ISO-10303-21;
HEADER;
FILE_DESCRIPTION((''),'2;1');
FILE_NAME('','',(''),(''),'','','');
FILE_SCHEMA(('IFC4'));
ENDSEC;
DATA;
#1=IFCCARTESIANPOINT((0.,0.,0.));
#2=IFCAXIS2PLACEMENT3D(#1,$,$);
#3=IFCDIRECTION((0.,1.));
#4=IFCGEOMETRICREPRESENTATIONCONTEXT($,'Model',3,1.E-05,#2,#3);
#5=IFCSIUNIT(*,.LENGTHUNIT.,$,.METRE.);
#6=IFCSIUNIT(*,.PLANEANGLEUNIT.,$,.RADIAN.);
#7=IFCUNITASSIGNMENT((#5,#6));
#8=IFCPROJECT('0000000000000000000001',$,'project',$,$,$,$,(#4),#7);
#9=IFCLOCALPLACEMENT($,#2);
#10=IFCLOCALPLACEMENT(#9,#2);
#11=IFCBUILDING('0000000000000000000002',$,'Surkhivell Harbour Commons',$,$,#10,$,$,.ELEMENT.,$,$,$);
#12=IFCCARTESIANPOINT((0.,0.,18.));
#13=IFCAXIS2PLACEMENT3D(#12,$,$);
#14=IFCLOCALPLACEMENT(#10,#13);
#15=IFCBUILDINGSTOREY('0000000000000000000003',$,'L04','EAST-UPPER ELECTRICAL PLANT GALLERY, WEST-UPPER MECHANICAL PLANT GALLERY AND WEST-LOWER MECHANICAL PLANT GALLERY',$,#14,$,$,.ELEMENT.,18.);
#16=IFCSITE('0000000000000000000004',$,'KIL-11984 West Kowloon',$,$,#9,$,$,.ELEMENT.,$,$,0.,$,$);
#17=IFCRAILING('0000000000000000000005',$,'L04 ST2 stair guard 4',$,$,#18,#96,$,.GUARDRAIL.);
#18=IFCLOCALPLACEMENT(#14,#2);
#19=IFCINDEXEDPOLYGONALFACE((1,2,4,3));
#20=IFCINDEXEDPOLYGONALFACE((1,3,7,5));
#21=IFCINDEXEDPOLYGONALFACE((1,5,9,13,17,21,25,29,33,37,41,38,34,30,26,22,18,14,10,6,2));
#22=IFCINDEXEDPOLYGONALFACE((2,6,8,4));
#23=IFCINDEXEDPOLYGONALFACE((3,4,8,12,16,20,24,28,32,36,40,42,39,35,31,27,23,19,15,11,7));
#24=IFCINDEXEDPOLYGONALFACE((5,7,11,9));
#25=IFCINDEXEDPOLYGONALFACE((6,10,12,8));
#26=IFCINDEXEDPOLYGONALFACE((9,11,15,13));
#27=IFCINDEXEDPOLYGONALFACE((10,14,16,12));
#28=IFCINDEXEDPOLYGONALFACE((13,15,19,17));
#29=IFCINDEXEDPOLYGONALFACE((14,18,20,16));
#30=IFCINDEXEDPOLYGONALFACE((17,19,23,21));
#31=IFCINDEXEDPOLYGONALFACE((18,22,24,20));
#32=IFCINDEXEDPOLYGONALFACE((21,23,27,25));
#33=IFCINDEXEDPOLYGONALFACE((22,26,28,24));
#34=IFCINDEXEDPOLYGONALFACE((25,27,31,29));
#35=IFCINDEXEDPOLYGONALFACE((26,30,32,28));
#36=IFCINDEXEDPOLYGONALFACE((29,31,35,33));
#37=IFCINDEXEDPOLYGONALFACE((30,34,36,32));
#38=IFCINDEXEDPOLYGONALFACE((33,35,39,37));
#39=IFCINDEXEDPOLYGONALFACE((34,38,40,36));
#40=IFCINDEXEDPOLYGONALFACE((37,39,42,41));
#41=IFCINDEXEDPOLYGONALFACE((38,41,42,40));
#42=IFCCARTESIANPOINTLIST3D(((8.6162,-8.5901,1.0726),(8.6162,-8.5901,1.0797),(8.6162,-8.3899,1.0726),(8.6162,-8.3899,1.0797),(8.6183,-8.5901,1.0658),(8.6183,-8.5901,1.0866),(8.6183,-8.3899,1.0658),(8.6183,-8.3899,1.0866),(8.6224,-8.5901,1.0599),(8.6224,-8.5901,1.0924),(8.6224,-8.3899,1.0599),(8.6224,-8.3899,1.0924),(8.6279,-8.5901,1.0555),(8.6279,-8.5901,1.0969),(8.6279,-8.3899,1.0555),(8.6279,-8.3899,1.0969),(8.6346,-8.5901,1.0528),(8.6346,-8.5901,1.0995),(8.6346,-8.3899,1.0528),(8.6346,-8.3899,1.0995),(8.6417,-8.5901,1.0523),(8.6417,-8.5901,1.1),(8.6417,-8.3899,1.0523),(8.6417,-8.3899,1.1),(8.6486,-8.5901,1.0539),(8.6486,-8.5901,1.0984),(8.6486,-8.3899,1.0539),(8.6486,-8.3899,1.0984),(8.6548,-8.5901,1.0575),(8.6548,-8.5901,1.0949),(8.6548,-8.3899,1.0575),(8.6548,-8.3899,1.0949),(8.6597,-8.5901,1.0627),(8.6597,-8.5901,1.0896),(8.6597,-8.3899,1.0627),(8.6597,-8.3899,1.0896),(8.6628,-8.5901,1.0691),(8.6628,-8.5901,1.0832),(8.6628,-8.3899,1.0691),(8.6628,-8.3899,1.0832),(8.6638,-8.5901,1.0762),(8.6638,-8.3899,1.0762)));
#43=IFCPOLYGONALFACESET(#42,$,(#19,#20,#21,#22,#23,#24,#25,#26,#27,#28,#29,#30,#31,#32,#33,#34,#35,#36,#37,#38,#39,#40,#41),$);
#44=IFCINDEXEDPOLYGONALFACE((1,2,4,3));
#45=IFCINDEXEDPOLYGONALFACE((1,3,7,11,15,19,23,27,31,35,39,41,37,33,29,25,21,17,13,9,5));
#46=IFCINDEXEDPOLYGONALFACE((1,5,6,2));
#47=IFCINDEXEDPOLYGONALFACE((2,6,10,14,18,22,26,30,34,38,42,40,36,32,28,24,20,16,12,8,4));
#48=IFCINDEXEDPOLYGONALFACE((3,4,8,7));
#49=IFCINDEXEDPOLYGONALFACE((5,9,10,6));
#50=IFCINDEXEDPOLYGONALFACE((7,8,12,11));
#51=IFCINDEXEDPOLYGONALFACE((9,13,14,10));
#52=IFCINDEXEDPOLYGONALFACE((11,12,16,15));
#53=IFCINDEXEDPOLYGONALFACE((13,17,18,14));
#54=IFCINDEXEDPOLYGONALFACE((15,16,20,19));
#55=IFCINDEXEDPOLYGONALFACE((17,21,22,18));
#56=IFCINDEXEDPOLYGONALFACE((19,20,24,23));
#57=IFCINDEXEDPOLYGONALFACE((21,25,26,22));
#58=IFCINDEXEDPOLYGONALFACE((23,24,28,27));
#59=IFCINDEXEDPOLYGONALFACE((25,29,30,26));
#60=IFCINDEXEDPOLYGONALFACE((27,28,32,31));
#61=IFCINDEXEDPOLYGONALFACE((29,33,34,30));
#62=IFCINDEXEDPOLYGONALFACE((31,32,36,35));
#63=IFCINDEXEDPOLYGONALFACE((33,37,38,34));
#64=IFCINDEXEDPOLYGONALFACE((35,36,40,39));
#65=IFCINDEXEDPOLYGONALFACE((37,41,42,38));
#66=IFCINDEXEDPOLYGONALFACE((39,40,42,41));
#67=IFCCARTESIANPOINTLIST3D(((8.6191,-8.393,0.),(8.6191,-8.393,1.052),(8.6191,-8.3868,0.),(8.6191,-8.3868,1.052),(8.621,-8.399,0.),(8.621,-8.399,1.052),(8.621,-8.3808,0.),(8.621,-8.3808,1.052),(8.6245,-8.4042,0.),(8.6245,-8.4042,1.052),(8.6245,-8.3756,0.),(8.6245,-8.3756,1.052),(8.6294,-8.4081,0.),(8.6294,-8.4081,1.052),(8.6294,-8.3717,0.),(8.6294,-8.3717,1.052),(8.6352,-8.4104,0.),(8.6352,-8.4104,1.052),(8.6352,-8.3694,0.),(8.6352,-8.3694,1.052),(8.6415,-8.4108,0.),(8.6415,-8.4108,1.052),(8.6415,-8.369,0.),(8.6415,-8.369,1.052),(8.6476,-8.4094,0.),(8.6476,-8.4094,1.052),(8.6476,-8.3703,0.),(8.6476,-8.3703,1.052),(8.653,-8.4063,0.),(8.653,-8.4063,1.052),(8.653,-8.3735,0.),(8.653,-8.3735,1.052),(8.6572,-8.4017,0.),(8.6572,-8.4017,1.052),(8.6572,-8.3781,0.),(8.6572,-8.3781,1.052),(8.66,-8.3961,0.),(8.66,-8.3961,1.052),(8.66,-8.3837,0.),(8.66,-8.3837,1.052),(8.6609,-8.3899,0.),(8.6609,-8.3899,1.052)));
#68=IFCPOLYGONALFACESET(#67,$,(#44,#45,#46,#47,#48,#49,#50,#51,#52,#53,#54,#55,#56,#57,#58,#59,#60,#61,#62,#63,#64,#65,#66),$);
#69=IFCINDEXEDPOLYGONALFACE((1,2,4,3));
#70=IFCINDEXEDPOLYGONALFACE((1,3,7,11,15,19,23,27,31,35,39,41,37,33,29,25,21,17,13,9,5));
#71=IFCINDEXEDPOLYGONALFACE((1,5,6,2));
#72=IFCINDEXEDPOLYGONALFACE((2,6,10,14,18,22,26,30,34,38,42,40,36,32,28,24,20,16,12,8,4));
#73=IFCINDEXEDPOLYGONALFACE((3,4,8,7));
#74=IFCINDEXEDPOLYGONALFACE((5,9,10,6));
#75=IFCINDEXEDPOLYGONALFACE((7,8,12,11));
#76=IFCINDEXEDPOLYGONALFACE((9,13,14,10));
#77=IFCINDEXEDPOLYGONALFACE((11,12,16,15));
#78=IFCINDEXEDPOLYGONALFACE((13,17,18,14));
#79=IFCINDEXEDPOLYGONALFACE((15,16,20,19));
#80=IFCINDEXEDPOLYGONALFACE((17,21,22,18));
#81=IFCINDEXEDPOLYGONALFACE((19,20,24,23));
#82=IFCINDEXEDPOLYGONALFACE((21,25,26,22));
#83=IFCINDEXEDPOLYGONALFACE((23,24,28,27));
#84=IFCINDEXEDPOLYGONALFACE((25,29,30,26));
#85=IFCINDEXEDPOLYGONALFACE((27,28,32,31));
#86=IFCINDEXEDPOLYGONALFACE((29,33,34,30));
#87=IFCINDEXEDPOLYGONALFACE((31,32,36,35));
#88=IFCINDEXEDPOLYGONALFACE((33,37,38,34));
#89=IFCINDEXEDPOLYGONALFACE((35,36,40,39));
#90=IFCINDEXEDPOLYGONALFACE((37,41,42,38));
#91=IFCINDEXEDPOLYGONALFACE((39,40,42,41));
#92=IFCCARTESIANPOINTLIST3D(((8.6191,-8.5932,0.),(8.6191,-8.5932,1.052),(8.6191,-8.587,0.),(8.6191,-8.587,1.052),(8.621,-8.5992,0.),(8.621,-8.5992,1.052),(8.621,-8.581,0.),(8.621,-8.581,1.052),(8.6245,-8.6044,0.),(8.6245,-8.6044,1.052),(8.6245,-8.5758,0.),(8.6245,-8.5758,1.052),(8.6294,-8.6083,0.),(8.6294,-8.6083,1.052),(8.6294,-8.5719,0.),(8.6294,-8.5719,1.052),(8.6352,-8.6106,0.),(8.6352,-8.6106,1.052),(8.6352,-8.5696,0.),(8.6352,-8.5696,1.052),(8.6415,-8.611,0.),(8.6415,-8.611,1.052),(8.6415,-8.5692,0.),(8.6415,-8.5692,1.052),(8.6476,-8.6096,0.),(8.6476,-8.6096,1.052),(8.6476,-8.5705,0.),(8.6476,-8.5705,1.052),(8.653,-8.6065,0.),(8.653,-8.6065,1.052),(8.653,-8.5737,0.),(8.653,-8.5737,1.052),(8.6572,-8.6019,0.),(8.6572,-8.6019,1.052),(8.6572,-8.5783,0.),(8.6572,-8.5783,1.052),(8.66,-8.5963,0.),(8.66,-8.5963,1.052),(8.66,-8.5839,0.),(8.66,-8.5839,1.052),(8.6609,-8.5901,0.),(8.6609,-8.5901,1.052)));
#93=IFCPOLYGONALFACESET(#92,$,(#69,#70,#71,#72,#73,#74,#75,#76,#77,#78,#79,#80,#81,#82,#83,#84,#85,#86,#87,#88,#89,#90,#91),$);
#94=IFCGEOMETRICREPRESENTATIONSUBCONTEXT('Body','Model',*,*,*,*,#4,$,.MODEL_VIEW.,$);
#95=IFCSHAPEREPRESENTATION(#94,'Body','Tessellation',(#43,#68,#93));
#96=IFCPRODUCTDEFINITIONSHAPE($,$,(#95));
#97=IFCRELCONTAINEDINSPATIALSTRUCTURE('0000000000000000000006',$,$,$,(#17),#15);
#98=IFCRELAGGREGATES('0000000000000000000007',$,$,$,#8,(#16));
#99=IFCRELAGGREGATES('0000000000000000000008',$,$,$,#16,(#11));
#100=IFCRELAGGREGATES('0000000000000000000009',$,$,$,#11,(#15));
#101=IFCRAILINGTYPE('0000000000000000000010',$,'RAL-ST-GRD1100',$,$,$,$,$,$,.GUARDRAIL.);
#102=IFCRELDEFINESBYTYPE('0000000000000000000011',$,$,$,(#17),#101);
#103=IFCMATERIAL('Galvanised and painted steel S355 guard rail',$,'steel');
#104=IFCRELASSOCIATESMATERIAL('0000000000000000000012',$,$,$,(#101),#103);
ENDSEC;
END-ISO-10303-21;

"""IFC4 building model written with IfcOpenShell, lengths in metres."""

from ifc_helpers import new_model, si_unit, direction, frame, origin, origin_2d, place, context, subcontext, project, spatial, circle, extrude, material, type_object, element, save


model = new_model("IFC4")

# Units and contexts
model_context = context("Model", 3, precision=1e-05, world=origin(), true_north=direction((0.0, 1.0)))
body_context = subcontext(model_context, "Body", "Model", "MODEL_VIEW")
ifc_project = project(units=[si_unit("LENGTHUNIT", "METRE"), si_unit("PLANEANGLEUNIT", "RADIAN")], contexts=[model_context])

# Site, building, storey
site_placement = place(None, origin())
site = spatial("IfcSite", under=ifc_project, at=site_placement, Name="KIL-11984 West Kowloon", CompositionType="ELEMENT", RefElevation=0.0)
building_placement = place(site_placement, origin())
building = spatial("IfcBuilding", under=site, at=building_placement, Name="Surkhivell Harbour Commons", CompositionType="ELEMENT")
storey_placement = place(building_placement, frame((0.0, 0.0, 18.0)))
storey = spatial("IfcBuildingStorey", under=building, at=storey_placement, Name="L04", Description="EAST-UPPER ELECTRICAL PLANT GALLERY, WEST-UPPER MECHANICAL PLANT GALLERY AND WEST-LOWER MECHANICAL PLANT GALLERY", CompositionType="ELEMENT", Elevation=18.0)

# Railing
ifc_material_1 = material(Name="Galvanised and painted steel S355 guard rail", Category="steel")
railing_type_1 = type_object("IfcRailingType", Name="RAL-ST-GRD1100", PredefinedType="GUARDRAIL", material=ifc_material_1)
railing_1_placement = place(storey_placement, frame((8.6399, -8.3899, 0.0)))
element("IfcRailing", 1, at=railing_1_placement, inside=storey, type_object=railing_type_1, Name="L04 ST2 stair guard 4", PredefinedType="GUARDRAIL", context=body_context, shape_type="SweptSolid", body=[
    extrude(circle(Radius=0.0239, at=origin_2d()), frame((0.0, 0.0, 1.0762), z_axis=(0.0, -1.0, 0.0), x_axis=(1.0, 0.0, 0.0)), (0.0, 0.0, 1.0), 0.2002),
    extrude(circle(Radius=0.021, at=origin_2d()), origin(), (0.0, 0.0, 1.0), 1.052),
    extrude(circle(Radius=0.021, at=origin_2d()), frame((0.0, -0.2002, 0.0)), (0.0, 0.0, 1.0), 1.052),
])

save(model, "model.ifc")
